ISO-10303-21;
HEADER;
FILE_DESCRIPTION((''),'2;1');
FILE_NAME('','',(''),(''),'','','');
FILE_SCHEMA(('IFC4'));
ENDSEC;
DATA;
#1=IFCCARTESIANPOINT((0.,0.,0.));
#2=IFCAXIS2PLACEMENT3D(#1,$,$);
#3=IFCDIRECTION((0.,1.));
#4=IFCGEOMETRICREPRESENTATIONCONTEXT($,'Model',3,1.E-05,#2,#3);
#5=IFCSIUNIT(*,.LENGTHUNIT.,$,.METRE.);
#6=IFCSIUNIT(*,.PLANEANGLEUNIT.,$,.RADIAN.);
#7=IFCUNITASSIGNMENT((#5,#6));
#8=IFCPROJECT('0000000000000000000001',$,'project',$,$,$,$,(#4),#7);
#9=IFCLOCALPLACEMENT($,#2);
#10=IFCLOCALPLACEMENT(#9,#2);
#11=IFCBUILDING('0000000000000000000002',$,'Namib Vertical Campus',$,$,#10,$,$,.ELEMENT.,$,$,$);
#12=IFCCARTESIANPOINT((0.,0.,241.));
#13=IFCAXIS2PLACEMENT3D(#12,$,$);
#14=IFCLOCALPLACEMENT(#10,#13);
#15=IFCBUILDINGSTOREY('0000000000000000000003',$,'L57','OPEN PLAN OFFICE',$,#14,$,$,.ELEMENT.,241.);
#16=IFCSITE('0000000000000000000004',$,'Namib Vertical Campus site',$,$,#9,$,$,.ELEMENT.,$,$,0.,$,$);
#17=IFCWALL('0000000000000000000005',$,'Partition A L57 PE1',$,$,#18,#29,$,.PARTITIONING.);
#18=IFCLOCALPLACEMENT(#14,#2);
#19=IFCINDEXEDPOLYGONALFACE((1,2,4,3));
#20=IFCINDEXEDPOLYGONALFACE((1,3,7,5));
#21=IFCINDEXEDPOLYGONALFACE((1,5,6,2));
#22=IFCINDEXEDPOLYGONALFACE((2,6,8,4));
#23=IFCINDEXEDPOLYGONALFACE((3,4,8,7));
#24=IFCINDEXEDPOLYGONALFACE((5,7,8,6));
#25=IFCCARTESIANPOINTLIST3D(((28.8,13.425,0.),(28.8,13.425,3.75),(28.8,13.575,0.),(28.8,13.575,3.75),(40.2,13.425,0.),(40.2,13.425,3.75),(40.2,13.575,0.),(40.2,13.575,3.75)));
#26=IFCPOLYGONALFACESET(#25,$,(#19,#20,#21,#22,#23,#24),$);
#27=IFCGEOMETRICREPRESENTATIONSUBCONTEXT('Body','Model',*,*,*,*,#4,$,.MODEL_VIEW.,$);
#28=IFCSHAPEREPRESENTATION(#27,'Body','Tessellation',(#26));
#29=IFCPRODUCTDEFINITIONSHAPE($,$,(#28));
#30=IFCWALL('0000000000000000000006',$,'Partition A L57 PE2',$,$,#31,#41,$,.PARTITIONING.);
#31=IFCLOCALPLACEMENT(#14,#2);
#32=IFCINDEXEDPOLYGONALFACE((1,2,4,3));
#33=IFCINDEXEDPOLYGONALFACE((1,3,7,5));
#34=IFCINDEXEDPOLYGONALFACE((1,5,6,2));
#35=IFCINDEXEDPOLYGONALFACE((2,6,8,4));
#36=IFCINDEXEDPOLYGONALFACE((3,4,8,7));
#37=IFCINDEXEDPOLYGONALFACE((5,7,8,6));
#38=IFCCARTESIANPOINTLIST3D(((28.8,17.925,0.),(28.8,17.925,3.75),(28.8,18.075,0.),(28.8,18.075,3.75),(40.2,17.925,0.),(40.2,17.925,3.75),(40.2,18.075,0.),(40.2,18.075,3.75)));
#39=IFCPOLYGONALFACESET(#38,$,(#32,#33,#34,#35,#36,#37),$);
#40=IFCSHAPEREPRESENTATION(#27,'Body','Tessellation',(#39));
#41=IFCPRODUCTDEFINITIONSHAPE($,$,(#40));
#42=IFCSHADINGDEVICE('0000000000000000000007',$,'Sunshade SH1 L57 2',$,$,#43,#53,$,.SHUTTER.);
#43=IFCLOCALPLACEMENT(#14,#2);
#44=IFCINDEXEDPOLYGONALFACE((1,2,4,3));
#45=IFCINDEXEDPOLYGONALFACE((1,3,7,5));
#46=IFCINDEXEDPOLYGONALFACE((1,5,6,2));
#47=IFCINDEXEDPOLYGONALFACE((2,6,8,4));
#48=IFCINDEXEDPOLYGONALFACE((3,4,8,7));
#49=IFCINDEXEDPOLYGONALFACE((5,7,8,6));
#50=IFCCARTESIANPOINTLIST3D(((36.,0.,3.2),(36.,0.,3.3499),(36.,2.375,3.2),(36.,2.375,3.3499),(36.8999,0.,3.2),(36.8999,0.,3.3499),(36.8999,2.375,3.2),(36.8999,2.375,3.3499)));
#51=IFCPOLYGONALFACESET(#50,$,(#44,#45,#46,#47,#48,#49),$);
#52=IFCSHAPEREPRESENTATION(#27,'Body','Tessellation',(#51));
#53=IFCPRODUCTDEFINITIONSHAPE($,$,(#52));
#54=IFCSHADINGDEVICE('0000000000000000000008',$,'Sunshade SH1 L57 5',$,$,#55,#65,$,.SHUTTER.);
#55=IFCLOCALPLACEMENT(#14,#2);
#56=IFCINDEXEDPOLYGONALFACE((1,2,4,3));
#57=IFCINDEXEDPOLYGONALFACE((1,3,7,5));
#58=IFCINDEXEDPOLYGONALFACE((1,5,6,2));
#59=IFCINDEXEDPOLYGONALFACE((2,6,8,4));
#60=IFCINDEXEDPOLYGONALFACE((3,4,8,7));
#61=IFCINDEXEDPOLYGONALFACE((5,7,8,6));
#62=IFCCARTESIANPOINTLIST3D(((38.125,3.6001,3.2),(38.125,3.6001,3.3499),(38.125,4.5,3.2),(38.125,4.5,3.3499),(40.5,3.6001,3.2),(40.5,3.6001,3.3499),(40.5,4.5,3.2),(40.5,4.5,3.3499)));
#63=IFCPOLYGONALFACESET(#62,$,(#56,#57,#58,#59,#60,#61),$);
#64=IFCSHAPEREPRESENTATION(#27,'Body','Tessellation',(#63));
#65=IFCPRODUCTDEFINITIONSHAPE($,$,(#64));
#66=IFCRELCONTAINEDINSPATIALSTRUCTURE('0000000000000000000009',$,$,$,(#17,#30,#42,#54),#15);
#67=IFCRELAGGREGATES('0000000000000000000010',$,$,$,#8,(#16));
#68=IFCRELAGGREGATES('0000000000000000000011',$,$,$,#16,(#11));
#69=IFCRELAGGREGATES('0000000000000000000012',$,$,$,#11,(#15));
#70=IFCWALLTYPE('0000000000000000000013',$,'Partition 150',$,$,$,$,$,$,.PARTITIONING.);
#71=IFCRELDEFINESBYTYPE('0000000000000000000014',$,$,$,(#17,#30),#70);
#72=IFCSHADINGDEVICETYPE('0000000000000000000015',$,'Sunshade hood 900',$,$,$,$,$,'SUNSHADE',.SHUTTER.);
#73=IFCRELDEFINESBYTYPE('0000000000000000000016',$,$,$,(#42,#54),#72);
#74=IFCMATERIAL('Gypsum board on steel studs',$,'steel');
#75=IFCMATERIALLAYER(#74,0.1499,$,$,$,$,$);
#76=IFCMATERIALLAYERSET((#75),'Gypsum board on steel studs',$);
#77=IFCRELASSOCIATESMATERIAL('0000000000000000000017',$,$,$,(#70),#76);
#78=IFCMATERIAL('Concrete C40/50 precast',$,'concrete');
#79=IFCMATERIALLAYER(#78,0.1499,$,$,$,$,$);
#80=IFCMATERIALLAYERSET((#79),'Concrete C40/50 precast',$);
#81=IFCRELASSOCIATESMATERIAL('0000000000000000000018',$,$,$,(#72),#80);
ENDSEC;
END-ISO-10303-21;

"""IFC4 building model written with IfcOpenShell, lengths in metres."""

from ifc_helpers import new_model, si_unit, direction, frame, frame_2d, origin, origin_2d, place, context, subcontext, project, spatial, rectangle, extrude, material, layer, layer_set, type_object, element, save


model = new_model("IFC4")

# Units and contexts
model_context = context("Model", 3, precision=1e-05, world=origin(), true_north=direction((0.0, 1.0)))
body_context = subcontext(model_context, "Body", "Model", "MODEL_VIEW")
ifc_project = project(units=[si_unit("LENGTHUNIT", "METRE"), si_unit("PLANEANGLEUNIT", "RADIAN")], contexts=[model_context])

# Site, building, storey
site_placement = place(None, origin())
site = spatial("IfcSite", under=ifc_project, at=site_placement, Name="Namib Vertical Campus site", CompositionType="ELEMENT", RefElevation=0.0)
building_placement = place(site_placement, origin())
building = spatial("IfcBuilding", under=site, at=building_placement, Name="Namib Vertical Campus", CompositionType="ELEMENT")
storey_placement = place(building_placement, frame((0.0, 0.0, 241.0)))
storey = spatial("IfcBuildingStorey", under=building, at=storey_placement, Name="L57", Description="OPEN PLAN OFFICE", CompositionType="ELEMENT", Elevation=241.0)

# Walls
ifc_material_1 = material(Name="Gypsum board on steel studs", Category="steel")
ifc_layer_1 = layer(ifc_material_1, 0.1499)
ifc_layer_set_1 = layer_set([ifc_layer_1], Name="Gypsum board on steel studs")
wall_type_1 = type_object("IfcWallType", Name="Partition 150", PredefinedType="PARTITIONING", material=ifc_layer_set_1)
for number, where, z_axis, x_axis, name in (
    (1, (28.8, 13.5, 0.0), (0.0, 0.0, 1.0), (1.0, 0.0, 0.0), "Partition A L57 PE1"),
    (2, (28.8, 18.0, 0.0), (0.0, 0.0, 1.0), (1.0, 0.0, 0.0), "Partition A L57 PE2"),
):
    element("IfcWall", number, at=place(storey_placement, frame(where, z_axis=z_axis, x_axis=x_axis)), inside=storey, type_object=wall_type_1, Name=name, PredefinedType="PARTITIONING", context=body_context, shape_type="SweptSolid", body=[
        extrude(rectangle(XDim=11.3999, YDim=0.1499, at=frame_2d((5.7, 0.0))), origin(), (0.0, 0.0, 1.0), 3.75),
    ])

# Shading devices
ifc_material_2 = material(Name="Concrete C40/50 precast", Category="concrete")
ifc_layer_2 = layer(ifc_material_2, 0.1499)
ifc_layer_set_2 = layer_set([ifc_layer_2], Name="Concrete C40/50 precast")
shading_device_type = type_object("IfcShadingDeviceType", Name="Sunshade hood 900", ElementType="SUNSHADE", PredefinedType="SHUTTER", material=ifc_layer_set_2)
for number, where, z_axis, x_axis, name in (
    (3, (36.45, 1.1875, 3.2), (0.0, 0.0, 1.0), (0.0, 1.0, 0.0), "Sunshade SH1 L57 2"),
    (4, (39.3125, 4.05, 3.2), (0.0, 0.0, 1.0), (1.0, 0.0, 0.0), "Sunshade SH1 L57 5"),
):
    element("IfcShadingDevice", number, at=place(storey_placement, frame(where, z_axis=z_axis, x_axis=x_axis)), inside=storey, type_object=shading_device_type, Name=name, PredefinedType="SHUTTER", context=body_context, shape_type="SweptSolid", body=[
        extrude(rectangle(XDim=2.375, YDim=0.8999, at=origin_2d()), origin(), (0.0, 0.0, 1.0), 0.1499),
    ])

save(model, "model.ifc")
